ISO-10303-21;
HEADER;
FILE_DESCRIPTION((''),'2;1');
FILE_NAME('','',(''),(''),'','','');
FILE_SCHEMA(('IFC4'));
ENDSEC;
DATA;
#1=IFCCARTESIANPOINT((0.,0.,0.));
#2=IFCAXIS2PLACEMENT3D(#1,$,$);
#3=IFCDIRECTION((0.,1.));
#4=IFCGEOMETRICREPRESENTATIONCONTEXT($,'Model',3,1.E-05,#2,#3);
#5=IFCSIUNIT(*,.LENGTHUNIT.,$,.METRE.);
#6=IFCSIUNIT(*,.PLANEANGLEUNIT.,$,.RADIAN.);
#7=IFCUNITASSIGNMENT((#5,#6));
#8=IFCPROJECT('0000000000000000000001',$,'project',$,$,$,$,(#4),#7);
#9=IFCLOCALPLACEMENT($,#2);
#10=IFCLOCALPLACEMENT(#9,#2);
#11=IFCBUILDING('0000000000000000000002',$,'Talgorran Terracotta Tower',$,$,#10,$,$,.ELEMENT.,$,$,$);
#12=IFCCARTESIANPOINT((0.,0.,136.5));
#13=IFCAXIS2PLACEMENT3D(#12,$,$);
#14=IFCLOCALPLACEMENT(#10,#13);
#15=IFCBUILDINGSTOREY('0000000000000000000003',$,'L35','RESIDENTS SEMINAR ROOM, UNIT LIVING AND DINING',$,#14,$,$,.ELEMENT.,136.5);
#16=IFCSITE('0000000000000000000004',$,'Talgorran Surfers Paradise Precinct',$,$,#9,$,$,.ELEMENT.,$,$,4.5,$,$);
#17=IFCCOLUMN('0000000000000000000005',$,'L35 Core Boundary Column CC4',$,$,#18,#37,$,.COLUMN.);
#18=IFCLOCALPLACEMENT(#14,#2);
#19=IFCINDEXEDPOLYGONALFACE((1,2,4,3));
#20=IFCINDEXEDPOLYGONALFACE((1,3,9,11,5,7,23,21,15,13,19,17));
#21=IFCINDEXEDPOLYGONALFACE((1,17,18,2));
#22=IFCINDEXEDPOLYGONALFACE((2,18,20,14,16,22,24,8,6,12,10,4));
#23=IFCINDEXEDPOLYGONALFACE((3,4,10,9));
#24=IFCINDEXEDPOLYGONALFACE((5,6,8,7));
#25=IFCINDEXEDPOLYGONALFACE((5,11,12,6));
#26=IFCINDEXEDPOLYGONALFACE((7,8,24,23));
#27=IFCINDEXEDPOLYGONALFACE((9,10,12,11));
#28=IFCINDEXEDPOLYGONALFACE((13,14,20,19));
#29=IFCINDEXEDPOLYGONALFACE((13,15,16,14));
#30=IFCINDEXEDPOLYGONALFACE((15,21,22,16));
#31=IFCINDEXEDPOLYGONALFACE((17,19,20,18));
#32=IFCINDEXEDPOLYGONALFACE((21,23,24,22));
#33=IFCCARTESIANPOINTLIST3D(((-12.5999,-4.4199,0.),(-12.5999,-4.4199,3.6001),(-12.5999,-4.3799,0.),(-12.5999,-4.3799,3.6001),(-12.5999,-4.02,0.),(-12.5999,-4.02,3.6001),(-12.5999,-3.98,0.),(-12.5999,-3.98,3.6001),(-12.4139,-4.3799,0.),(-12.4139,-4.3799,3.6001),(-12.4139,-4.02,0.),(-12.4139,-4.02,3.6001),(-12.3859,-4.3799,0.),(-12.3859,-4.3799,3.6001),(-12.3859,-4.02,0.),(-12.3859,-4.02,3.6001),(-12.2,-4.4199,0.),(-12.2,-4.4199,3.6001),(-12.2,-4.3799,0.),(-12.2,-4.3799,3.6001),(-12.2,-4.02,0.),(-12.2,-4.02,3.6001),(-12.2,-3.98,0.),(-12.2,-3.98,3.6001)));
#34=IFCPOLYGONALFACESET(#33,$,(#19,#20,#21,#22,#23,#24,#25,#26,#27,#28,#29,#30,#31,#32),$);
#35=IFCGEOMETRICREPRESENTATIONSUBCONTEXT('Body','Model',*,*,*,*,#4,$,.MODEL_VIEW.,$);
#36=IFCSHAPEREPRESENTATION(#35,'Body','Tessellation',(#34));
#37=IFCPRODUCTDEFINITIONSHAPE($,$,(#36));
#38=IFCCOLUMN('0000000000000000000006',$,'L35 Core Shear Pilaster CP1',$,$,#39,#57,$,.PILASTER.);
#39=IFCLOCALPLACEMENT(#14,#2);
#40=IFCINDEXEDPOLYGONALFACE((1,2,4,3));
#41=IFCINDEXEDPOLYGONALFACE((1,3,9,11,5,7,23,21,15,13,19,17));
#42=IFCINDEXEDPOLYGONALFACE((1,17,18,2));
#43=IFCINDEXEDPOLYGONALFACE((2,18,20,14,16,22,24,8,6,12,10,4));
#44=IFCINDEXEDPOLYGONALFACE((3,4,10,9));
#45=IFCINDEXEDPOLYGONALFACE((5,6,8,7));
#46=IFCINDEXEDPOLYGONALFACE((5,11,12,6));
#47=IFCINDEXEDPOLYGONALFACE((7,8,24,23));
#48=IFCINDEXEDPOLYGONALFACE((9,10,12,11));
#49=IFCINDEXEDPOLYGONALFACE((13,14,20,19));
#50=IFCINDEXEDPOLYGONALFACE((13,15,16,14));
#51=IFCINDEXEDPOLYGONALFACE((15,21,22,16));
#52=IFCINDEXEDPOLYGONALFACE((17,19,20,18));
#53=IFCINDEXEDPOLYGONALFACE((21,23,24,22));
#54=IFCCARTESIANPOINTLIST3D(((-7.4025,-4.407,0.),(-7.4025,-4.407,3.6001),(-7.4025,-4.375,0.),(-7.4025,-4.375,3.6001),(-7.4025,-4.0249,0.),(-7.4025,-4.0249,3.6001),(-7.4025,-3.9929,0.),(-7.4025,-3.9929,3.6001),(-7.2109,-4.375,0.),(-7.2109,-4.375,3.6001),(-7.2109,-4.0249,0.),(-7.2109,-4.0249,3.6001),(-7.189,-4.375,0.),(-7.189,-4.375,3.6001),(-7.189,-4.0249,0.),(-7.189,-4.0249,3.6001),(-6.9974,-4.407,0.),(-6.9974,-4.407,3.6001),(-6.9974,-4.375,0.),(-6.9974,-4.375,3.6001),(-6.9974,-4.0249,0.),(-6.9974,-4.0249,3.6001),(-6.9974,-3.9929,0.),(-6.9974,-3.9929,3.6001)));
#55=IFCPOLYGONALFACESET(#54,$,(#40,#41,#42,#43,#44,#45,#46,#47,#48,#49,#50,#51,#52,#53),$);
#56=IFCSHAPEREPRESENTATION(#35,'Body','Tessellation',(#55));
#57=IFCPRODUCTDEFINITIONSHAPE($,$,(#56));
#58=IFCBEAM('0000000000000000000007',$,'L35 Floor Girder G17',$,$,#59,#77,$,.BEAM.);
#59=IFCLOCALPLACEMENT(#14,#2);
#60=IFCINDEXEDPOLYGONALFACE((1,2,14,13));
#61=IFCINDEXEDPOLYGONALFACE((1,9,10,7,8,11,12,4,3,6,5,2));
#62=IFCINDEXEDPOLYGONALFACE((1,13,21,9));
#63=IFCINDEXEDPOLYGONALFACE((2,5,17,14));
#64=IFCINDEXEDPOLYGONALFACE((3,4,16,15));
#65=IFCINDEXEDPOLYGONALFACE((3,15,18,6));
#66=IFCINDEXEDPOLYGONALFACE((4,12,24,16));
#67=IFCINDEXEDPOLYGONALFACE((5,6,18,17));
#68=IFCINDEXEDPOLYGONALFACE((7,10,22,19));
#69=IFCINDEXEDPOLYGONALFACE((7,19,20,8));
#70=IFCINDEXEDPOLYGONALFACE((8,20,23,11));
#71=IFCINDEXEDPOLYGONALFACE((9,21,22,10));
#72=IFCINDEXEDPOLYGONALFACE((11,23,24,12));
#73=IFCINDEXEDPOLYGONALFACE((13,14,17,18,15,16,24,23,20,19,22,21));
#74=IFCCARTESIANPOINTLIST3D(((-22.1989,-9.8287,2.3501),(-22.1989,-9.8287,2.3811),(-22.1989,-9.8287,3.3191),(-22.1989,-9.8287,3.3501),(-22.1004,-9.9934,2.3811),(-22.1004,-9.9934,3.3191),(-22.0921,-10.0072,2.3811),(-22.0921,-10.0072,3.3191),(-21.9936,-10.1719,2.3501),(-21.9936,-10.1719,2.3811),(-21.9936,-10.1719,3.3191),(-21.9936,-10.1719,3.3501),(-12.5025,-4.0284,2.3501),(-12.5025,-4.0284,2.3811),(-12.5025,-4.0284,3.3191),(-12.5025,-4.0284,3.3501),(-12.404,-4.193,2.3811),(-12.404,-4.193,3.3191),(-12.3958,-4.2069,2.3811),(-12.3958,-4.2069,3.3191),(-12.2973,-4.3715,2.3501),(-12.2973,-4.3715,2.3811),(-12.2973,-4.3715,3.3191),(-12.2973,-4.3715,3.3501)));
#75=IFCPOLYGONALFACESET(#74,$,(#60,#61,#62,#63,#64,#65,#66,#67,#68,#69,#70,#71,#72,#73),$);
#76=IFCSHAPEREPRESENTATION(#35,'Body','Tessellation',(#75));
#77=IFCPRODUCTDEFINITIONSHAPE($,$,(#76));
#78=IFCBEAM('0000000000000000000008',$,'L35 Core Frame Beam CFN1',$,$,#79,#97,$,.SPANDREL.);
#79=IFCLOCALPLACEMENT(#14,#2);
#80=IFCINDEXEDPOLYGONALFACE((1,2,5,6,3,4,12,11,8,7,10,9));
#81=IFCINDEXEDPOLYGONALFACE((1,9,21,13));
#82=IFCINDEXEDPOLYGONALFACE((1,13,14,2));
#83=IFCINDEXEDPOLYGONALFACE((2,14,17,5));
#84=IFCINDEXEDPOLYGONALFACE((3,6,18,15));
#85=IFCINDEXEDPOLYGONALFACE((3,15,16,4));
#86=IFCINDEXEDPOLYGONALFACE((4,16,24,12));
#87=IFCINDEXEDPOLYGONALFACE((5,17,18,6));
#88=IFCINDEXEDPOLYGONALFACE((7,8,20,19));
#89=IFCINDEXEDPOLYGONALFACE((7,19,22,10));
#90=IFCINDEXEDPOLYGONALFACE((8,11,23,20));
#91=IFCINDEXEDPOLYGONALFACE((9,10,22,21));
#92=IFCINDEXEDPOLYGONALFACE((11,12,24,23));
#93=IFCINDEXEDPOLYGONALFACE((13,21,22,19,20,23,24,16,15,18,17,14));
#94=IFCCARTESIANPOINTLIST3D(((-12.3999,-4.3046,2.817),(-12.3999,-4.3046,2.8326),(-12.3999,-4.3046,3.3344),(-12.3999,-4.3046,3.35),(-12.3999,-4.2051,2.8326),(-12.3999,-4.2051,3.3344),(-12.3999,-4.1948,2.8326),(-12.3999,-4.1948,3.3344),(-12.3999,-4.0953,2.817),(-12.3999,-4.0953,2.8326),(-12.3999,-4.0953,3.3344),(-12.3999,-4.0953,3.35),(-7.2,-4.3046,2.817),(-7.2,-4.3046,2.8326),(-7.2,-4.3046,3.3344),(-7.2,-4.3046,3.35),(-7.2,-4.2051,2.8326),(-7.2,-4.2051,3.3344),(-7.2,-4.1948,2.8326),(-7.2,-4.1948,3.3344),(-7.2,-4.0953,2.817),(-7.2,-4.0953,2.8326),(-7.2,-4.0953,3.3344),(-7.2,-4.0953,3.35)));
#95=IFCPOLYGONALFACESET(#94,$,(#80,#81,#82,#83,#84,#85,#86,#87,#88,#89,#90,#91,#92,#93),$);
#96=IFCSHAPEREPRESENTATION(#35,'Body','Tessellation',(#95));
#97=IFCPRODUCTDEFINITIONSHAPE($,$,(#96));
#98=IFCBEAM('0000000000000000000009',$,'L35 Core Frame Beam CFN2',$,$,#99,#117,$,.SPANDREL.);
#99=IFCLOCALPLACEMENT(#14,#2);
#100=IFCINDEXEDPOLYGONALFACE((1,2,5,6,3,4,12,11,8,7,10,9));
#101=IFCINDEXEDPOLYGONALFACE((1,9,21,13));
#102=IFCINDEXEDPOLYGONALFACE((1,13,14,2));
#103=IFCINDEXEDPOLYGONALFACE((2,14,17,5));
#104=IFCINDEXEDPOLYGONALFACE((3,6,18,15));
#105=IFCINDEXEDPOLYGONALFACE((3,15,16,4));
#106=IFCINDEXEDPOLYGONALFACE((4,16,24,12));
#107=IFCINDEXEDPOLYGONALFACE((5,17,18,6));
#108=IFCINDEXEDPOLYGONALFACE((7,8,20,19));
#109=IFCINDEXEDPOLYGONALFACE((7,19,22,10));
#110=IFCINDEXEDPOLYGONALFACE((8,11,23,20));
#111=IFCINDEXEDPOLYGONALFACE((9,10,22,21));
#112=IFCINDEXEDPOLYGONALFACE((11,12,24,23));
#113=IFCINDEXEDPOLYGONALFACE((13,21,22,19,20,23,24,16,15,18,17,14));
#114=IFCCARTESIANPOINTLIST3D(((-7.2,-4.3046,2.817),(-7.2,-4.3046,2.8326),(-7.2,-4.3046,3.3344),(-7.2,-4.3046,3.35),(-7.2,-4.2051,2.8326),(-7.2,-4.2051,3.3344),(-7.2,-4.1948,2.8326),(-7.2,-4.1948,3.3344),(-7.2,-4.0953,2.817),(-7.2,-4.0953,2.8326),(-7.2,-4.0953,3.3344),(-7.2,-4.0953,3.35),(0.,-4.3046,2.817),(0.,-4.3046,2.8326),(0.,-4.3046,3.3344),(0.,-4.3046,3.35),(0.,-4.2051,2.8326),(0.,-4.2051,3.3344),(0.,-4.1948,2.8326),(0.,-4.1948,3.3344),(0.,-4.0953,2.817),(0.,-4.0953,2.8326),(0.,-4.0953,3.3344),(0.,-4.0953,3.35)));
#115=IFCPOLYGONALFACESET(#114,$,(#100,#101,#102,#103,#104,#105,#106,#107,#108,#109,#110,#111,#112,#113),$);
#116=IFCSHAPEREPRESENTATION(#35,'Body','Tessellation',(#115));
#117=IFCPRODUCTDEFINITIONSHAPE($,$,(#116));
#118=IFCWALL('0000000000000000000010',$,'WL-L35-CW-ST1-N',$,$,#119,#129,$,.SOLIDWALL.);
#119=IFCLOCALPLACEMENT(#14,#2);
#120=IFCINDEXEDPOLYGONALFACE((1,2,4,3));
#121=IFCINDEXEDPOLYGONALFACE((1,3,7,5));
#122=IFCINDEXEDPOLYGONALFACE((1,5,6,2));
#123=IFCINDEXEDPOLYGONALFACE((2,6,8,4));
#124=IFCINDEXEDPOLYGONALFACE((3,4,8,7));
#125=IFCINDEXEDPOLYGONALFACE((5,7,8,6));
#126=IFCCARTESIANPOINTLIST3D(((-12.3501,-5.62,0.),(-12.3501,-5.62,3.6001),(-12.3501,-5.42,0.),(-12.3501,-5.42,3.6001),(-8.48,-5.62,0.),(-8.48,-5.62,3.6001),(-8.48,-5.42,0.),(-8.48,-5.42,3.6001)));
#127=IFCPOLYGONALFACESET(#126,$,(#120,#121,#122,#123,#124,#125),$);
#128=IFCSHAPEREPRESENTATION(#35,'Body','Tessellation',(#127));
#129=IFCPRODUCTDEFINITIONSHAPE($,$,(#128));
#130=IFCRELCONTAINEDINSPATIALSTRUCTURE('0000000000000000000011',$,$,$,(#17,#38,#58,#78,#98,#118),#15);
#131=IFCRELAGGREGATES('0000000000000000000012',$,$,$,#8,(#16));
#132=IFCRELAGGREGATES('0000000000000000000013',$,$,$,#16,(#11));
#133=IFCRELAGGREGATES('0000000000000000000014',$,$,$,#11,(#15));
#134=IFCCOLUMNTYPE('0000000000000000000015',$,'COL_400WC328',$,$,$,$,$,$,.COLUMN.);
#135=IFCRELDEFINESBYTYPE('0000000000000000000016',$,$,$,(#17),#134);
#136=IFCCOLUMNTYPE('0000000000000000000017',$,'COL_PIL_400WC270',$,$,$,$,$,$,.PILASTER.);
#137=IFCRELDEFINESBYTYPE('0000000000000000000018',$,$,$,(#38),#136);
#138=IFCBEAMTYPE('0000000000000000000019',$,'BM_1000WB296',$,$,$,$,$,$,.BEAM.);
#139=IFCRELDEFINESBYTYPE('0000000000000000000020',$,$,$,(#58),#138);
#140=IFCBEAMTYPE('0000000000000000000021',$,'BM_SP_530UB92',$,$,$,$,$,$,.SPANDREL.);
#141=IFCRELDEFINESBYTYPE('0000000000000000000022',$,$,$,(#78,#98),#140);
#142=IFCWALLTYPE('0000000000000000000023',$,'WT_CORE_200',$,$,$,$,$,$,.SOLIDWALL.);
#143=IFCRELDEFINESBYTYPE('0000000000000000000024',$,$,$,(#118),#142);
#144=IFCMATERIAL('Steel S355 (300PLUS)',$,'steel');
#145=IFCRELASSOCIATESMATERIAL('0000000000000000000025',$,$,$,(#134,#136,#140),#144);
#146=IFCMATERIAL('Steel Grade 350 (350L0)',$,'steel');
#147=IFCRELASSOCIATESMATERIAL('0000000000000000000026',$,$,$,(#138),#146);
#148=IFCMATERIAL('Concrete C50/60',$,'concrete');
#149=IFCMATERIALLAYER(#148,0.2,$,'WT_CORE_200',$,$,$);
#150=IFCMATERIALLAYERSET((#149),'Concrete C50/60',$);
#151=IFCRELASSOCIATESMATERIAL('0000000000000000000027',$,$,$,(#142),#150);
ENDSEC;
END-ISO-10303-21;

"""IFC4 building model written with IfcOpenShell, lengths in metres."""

from ifc_helpers import new_model, si_unit, direction, frame, frame_2d, origin, origin_2d, place, context, subcontext, project, spatial, rectangle, i_section, extrude, material, layer, layer_set, material_profile, profile_set, type_object, element, save


model = new_model("IFC4")

# Units and contexts
model_context = context("Model", 3, precision=1e-05, world=origin(), true_north=direction((0.0, 1.0)))
body_context = subcontext(model_context, "Body", "Model", "MODEL_VIEW")
ifc_project = project(units=[si_unit("LENGTHUNIT", "METRE"), si_unit("PLANEANGLEUNIT", "RADIAN")], contexts=[model_context])

# Site, building, storey
site_placement = place(None, origin())
site = spatial("IfcSite", under=ifc_project, at=site_placement, Name="Talgorran Surfers Paradise Precinct", CompositionType="ELEMENT", RefElevation=4.5)
building_placement = place(site_placement, origin())
building = spatial("IfcBuilding", under=site, at=building_placement, Name="Talgorran Terracotta Tower", CompositionType="ELEMENT")
storey_placement = place(building_placement, frame((0.0, 0.0, 136.5)))
storey = spatial("IfcBuildingStorey", under=building, at=storey_placement, Name="L35", Description="RESIDENTS SEMINAR ROOM, UNIT LIVING AND DINING", CompositionType="ELEMENT", Elevation=136.5)

# Columns
ifc_material_1 = material(Name="Steel S355 (300PLUS)", Category="steel")
ifc_material_profile_1 = material_profile(ifc_material_1, i_section(OverallWidth=0.3999, OverallDepth=0.4399, WebThickness=0.0281, FlangeThickness=0.04, at=origin_2d()), Name="400WC328")
ifc_profile_set_1 = profile_set([ifc_material_profile_1], Name="Steel S355 (300PLUS)")
column_type_1 = type_object("IfcColumnType", Name="COL_400WC328", PredefinedType="COLUMN", material=ifc_profile_set_1)
column_1_placement = place(storey_placement, frame((-12.3999, -4.2, 0.0), z_axis=(0.0, 0.0, 1.0), x_axis=(1.0, 0.0, 0.0)))
element("IfcColumn", 1, at=column_1_placement, inside=storey, type_object=column_type_1, Name="L35 Core Boundary Column CC4", PredefinedType="COLUMN", context=body_context, shape_type="SweptSolid", body=[
    extrude(i_section(OverallWidth=0.3999, OverallDepth=0.4399, WebThickness=0.0281, FlangeThickness=0.04, at=origin_2d()), origin(), (0.0, 0.0, 1.0), 3.6001),
])
ifc_material_profile_2 = material_profile(ifc_material_1, i_section(OverallWidth=0.405, OverallDepth=0.4141, WebThickness=0.022, FlangeThickness=0.032, at=origin_2d()), Name="400WC270")
ifc_profile_set_2 = profile_set([ifc_material_profile_2], Name="Steel S355 (300PLUS)")
column_type_2 = type_object("IfcColumnType", Name="COL_PIL_400WC270", PredefinedType="PILASTER", material=ifc_profile_set_2)
column_2_placement = place(storey_placement, frame((-7.2, -4.2, 0.0), z_axis=(0.0, 0.0, 1.0), x_axis=(1.0, 0.0, 0.0)))
element("IfcColumn", 2, at=column_2_placement, inside=storey, type_object=column_type_2, Name="L35 Core Shear Pilaster CP1", PredefinedType="PILASTER", context=body_context, shape_type="SweptSolid", body=[
    extrude(i_section(OverallWidth=0.405, OverallDepth=0.4141, WebThickness=0.022, FlangeThickness=0.032, at=origin_2d()), origin(), (0.0, 0.0, 1.0), 3.6001),
])

# Beams
ifc_material_2 = material(Name="Steel Grade 350 (350L0)", Category="steel")
ifc_material_profile_3 = material_profile(ifc_material_2, i_section(OverallWidth=0.3999, OverallDepth=1.0, WebThickness=0.0161, FlangeThickness=0.031, at=origin_2d()), Name="1000WB296")
ifc_profile_set_3 = profile_set([ifc_material_profile_3], Name="Steel Grade 350 (350L0)")
beam_type_1 = type_object("IfcBeamType", Name="BM_1000WB296", PredefinedType="BEAM", material=ifc_profile_set_3)
beam_1_placement = place(storey_placement, frame((-12.3999, -4.2, 2.8501), z_axis=(-0.858175, -0.513358, 0.0), x_axis=(0.513358, -0.858175, 0.0)))
element("IfcBeam", 3, at=beam_1_placement, inside=storey, type_object=beam_type_1, Name="L35 Floor Girder G17", PredefinedType="BEAM", context=body_context, shape_type="SweptSolid", body=[
    extrude(i_section(OverallWidth=0.3999, OverallDepth=1.0, WebThickness=0.0161, FlangeThickness=0.031, at=origin_2d()), origin(), (0.0, 0.0, 1.0), 11.2988),
])
ifc_material_profile_4 = material_profile(ifc_material_1, i_section(OverallWidth=0.2092, OverallDepth=0.533, WebThickness=0.0103, FlangeThickness=0.0156, at=origin_2d()), Name="530UB92.4")
ifc_profile_set_4 = profile_set([ifc_material_profile_4], Name="Steel S355 (300PLUS)")
beam_type_2 = type_object("IfcBeamType", Name="BM_SP_530UB92", PredefinedType="SPANDREL", material=ifc_profile_set_4)
beam_2_placement = place(storey_placement, frame((-12.3999, -4.2, 3.0835), z_axis=(1.0, 0.0, 0.0), x_axis=(0.0, 1.0, 0.0)))
element("IfcBeam", 4, at=beam_2_placement, inside=storey, type_object=beam_type_2, Name="L35 Core Frame Beam CFN1", PredefinedType="SPANDREL", context=body_context, shape_type="SweptSolid", body=[
    extrude(i_section(OverallWidth=0.2092, OverallDepth=0.533, WebThickness=0.0103, FlangeThickness=0.0156, at=origin_2d()), origin(), (0.0, 0.0, 1.0), 5.2),
])
beam_3_placement = place(storey_placement, frame((-7.2, -4.2, 3.0835), z_axis=(1.0, 0.0, 0.0), x_axis=(0.0, 1.0, 0.0)))
element("IfcBeam", 5, at=beam_3_placement, inside=storey, type_object=beam_type_2, Name="L35 Core Frame Beam CFN2", PredefinedType="SPANDREL", context=body_context, shape_type="SweptSolid", body=[
    extrude(i_section(OverallWidth=0.2092, OverallDepth=0.533, WebThickness=0.0103, FlangeThickness=0.0156, at=origin_2d()), origin(), (0.0, 0.0, 1.0), 7.2),
])

# Wall
ifc_material_3 = material(Name="Concrete C50/60", Category="concrete")
ifc_layer_1 = layer(ifc_material_3, 0.2, Name="WT_CORE_200")
ifc_layer_set_1 = layer_set([ifc_layer_1], Name="Concrete C50/60")
wall_type_1 = type_object("IfcWallType", Name="WT_CORE_200", PredefinedType="SOLIDWALL", material=ifc_layer_set_1)
wall_1_placement = place(storey_placement, frame((-12.3501, -5.52, 0.0), z_axis=(0.0, 0.0, 1.0), x_axis=(1.0, 0.0, 0.0)))
element("IfcWall", 6, at=wall_1_placement, inside=storey, type_object=wall_type_1, Name="WL-L35-CW-ST1-N", PredefinedType="SOLIDWALL", context=body_context, shape_type="SweptSolid", body=[
    extrude(rectangle(XDim=3.8701, YDim=0.2, at=frame_2d((1.9351, 0.0))), origin(), (0.0, 0.0, 1.0), 3.6001),
])

save(model, "model.ifc")
